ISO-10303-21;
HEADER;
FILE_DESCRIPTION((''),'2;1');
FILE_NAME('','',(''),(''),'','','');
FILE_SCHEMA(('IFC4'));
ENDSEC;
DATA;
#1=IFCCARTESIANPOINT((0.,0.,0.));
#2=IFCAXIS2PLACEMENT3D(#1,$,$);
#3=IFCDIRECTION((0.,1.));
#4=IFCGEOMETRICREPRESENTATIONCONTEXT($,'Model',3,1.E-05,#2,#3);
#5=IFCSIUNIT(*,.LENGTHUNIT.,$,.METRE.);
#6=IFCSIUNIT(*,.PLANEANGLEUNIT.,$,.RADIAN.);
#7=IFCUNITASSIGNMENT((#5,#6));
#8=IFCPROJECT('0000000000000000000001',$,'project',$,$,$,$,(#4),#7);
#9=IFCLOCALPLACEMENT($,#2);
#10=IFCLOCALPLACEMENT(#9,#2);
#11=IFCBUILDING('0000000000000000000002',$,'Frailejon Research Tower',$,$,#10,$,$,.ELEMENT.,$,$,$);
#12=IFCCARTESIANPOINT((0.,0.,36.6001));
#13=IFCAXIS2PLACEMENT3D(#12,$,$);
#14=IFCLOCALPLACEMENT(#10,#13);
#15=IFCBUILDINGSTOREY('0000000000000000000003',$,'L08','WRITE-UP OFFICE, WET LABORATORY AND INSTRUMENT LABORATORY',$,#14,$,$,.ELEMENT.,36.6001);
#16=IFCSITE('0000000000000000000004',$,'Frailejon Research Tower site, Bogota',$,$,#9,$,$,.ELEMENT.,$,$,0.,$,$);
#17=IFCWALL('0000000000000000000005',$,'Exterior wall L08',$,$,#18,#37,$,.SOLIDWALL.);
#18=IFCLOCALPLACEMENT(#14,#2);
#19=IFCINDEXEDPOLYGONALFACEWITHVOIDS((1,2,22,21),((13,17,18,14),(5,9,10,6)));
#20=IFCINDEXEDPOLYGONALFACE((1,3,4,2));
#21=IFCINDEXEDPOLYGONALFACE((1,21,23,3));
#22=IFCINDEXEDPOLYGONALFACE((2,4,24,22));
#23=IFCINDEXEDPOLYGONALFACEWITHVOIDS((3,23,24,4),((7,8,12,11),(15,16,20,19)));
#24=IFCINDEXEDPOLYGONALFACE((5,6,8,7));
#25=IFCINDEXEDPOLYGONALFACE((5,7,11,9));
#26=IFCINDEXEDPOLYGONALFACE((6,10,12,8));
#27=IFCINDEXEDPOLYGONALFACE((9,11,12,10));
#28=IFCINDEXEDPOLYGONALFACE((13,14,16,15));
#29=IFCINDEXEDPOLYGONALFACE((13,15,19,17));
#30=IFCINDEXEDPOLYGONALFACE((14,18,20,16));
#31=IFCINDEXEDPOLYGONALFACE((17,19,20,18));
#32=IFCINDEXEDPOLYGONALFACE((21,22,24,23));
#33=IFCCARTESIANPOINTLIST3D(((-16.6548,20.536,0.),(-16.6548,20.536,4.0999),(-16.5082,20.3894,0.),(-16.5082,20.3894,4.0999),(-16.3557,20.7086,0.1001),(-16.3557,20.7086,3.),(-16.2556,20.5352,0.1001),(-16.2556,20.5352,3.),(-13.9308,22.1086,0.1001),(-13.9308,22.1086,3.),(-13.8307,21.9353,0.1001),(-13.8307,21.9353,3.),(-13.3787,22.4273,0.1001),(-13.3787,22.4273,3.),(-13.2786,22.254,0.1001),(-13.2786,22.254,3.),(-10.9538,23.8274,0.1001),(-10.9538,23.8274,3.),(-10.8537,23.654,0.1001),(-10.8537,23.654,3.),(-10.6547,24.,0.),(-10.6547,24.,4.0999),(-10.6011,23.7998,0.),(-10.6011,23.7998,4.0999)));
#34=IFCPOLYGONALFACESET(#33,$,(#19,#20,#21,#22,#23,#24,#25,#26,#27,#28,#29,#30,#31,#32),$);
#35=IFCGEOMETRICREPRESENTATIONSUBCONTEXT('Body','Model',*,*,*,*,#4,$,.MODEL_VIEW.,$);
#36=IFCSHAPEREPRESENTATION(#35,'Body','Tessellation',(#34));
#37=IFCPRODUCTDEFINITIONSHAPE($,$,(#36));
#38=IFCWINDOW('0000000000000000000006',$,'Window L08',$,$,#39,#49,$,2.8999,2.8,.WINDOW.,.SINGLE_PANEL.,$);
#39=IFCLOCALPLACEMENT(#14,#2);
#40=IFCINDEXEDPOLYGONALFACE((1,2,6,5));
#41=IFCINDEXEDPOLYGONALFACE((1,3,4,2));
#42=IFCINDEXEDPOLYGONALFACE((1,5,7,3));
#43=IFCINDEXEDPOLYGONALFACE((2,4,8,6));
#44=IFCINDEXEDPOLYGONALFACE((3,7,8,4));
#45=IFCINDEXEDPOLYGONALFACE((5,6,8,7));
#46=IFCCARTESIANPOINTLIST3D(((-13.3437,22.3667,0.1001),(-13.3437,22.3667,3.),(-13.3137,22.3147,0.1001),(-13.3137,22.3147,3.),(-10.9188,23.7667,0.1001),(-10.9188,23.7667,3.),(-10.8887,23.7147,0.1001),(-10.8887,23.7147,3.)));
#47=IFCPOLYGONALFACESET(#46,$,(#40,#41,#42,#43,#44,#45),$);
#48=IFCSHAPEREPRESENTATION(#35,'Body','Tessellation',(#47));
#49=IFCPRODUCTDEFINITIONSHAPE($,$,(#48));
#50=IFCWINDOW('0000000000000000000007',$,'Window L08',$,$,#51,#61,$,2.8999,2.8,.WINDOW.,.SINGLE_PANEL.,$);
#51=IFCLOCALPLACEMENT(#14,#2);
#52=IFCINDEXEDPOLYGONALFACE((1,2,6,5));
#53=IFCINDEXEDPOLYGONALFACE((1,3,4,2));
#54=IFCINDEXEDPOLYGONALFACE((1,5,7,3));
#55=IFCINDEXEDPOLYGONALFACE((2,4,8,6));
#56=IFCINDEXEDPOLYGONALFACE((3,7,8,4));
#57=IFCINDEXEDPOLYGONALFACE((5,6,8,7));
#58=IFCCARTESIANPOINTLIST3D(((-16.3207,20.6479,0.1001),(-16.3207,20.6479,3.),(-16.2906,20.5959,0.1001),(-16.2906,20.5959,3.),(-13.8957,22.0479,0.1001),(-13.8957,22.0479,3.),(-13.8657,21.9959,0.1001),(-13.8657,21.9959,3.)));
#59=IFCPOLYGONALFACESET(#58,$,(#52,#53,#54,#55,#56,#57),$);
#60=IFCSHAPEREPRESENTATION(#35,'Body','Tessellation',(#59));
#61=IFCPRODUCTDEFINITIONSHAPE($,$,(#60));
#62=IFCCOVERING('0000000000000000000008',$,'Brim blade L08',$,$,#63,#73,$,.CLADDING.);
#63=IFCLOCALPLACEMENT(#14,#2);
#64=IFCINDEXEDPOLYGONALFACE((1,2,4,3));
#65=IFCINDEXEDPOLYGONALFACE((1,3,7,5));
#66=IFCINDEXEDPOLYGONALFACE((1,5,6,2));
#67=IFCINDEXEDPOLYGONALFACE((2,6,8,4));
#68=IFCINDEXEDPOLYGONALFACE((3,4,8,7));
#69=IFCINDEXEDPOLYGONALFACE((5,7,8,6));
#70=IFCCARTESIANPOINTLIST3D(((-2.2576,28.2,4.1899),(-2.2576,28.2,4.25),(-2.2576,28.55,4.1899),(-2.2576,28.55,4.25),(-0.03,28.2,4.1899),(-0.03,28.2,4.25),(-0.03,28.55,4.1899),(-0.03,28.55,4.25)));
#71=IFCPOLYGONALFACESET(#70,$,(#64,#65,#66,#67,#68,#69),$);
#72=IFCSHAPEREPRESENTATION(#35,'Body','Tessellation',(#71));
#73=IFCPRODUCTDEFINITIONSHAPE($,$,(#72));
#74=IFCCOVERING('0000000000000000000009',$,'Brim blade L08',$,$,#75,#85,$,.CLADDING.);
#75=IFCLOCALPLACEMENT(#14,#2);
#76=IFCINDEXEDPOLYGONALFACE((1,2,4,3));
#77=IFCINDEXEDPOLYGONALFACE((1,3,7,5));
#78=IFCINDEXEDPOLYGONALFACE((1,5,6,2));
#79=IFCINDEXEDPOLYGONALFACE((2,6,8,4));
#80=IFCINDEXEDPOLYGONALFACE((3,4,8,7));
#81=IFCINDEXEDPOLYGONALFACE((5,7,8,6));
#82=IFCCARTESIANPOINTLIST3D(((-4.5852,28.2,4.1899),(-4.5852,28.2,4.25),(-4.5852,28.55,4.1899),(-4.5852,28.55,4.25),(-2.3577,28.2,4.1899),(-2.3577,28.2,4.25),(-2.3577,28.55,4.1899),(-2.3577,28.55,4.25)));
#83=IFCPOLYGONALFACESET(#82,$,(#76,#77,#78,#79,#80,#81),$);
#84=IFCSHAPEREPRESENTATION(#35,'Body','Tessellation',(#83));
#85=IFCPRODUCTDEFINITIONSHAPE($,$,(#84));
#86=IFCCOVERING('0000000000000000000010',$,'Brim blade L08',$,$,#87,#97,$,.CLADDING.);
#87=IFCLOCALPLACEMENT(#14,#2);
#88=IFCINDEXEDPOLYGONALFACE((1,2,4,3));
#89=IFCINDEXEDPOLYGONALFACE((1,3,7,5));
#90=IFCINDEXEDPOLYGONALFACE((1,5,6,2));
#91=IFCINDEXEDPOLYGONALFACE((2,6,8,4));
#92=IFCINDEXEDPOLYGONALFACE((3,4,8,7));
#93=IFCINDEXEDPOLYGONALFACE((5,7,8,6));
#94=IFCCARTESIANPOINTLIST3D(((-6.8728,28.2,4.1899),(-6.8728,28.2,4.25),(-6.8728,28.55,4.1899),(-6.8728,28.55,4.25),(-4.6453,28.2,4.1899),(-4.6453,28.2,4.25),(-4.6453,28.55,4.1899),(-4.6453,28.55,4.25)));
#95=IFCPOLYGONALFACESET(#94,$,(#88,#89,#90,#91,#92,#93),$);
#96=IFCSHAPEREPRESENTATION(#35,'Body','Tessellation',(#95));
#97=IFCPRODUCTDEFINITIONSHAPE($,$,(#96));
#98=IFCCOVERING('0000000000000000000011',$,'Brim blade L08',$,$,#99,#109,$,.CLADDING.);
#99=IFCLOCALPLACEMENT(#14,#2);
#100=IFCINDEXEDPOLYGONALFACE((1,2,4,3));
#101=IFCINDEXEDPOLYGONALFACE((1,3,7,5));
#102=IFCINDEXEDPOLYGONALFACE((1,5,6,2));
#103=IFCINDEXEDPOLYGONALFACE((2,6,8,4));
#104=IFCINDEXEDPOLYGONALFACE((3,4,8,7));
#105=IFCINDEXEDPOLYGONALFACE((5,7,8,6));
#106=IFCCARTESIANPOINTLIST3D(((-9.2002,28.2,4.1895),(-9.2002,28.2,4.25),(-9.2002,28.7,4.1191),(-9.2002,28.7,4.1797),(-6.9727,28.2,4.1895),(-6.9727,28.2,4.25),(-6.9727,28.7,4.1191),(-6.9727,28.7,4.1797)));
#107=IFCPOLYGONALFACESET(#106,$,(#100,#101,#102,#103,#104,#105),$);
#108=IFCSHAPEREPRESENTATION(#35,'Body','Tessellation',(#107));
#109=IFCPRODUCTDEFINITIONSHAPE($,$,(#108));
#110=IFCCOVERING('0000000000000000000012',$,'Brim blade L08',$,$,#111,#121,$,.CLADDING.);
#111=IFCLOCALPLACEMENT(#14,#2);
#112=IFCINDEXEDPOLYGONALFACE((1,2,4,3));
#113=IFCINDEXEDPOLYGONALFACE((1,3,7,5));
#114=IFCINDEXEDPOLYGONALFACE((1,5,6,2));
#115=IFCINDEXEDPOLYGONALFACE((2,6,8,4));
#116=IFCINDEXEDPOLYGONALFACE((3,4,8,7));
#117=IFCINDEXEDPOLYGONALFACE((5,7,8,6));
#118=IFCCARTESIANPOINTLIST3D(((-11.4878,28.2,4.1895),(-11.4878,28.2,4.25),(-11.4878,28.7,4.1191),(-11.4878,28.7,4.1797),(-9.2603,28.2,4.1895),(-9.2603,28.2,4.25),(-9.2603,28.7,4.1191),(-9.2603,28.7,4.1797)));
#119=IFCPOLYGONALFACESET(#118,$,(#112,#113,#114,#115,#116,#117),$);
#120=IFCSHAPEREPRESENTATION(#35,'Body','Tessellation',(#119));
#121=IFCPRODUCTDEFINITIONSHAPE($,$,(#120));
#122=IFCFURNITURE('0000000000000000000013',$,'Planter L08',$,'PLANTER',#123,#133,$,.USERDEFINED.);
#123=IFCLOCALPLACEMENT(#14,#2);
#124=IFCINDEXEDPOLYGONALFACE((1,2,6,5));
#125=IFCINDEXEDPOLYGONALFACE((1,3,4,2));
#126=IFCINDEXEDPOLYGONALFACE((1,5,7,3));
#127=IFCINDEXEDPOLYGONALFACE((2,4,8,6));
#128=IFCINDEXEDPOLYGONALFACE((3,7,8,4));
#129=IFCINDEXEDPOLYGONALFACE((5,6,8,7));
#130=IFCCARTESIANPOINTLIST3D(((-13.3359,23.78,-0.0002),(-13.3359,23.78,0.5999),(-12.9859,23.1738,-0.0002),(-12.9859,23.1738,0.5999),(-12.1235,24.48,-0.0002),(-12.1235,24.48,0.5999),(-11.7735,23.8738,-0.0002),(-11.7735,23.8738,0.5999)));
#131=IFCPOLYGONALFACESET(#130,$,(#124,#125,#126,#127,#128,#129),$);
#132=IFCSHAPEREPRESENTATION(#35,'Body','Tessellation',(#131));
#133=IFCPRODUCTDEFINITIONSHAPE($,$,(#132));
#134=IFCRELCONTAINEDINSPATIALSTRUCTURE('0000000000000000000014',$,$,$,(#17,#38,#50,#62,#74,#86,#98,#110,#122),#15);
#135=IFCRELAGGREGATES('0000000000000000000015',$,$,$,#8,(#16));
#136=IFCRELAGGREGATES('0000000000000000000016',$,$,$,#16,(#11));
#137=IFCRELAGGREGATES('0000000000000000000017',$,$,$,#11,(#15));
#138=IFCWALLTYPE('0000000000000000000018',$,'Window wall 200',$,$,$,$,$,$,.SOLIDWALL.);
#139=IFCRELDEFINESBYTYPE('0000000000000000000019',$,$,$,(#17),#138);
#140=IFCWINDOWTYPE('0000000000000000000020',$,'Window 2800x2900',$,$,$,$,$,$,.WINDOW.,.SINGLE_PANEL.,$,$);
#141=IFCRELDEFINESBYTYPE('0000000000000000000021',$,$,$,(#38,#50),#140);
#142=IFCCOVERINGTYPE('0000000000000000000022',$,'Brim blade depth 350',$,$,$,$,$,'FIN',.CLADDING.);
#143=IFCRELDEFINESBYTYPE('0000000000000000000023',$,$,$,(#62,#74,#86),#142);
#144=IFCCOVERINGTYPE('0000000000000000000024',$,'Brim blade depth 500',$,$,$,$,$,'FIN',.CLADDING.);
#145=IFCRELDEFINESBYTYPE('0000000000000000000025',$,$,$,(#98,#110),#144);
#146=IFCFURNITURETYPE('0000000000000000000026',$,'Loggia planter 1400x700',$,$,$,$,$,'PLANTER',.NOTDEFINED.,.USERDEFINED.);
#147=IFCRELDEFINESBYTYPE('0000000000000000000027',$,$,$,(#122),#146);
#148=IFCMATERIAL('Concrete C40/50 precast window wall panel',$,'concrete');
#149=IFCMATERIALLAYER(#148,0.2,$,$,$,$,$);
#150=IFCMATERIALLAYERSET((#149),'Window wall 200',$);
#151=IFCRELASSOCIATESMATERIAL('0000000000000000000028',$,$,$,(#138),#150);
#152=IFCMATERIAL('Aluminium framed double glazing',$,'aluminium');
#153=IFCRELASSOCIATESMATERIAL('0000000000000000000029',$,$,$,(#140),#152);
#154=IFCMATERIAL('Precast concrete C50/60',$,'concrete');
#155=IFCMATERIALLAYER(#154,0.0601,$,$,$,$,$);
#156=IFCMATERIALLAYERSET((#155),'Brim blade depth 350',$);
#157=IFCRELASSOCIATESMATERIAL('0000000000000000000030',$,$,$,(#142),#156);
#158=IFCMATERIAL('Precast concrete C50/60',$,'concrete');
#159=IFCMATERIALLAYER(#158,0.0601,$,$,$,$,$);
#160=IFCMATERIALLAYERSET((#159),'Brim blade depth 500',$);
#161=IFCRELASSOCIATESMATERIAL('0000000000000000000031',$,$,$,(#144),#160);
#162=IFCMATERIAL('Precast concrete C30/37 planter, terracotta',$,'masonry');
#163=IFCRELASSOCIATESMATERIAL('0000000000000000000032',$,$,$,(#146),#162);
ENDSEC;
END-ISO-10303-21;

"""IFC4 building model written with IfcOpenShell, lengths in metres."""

from ifc_helpers import new_model, si_unit, direction, frame, frame_2d, origin, origin_2d, place, context, subcontext, project, spatial, polyline, rectangle, outline, extrude, material, layer, layer_set, type_object, element, fill, save


model = new_model("IFC4")

# Units and contexts
model_context = context("Model", 3, precision=1e-05, world=origin(), true_north=direction((0.0, 1.0)))
body_context = subcontext(model_context, "Body", "Model", "MODEL_VIEW")
ifc_project = project(units=[si_unit("LENGTHUNIT", "METRE"), si_unit("PLANEANGLEUNIT", "RADIAN")], contexts=[model_context])

# Site, building, storey
site_placement = place(None, origin())
site = spatial("IfcSite", under=ifc_project, at=site_placement, Name="Frailejon Research Tower site, Bogota", CompositionType="ELEMENT", RefElevation=0.0)
building_placement = place(site_placement, origin())
building = spatial("IfcBuilding", under=site, at=building_placement, Name="Frailejon Research Tower", CompositionType="ELEMENT")
storey_placement = place(building_placement, frame((0.0, 0.0, 36.6001)))
storey = spatial("IfcBuildingStorey", under=building, at=storey_placement, Name="L08", Description="WRITE-UP OFFICE, WET LABORATORY AND INSTRUMENT LABORATORY", CompositionType="ELEMENT", Elevation=36.6001)

# Wall, openings, windows
ifc_material_1 = material(Name="Concrete C40/50 precast window wall panel", Category="concrete")
ifc_layer_1 = layer(ifc_material_1, 0.2)
ifc_layer_set_1 = layer_set([ifc_layer_1], Name="Window wall 200")
wall_type_1 = type_object("IfcWallType", Name="Window wall 200", PredefinedType="SOLIDWALL", material=ifc_layer_set_1)
wall_1_placement = place(storey_placement, frame((-10.6279, 23.8999, 0.0), z_axis=(0.0, 0.0, 1.0), x_axis=(-0.866029, -0.499993, 0.0)))
wall_1 = element("IfcWall", 1, at=wall_1_placement, inside=storey, type_object=wall_type_1, Name="Exterior wall L08", PredefinedType="SOLIDWALL", context=body_context, shape_type="SweptSolid", body=[
    extrude(outline(polyline([(-0.0269, -0.1001), (1.1279, -0.1001), (2.2825, -0.1001), (3.4373, -0.1001), (4.592, -0.1001), (5.7466, -0.1001), (6.9014, -0.1001), (6.8477, 0.1001), (5.7109, 0.1001), (4.574, 0.1001), (3.4373, 0.1001), (2.3005, 0.1001), (1.1636, 0.1001), (0.0269, 0.1001), (-0.0269, -0.1001)])), origin(), (0.0, 0.0, 1.0), 4.0999),
])
opening_1_placement = place(wall_1_placement, frame((0.3186, 0.0, 0.1001)))
opening_1 = element("IfcOpeningElement", 2, at=opening_1_placement, cuts=wall_1, PredefinedType="OPENING", context=body_context, shape_type="SweptSolid", body=[
    extrude(rectangle(XDim=2.8, YDim=2.8999, at=frame_2d((1.3999, 1.45))), frame((0.0, 0.1099, 0.0), z_axis=(0.0, -1.0, 0.0), x_axis=(1.0, 0.0, 0.0)), (0.0, 0.0, 1.0), 0.22),
])
opening_2_placement = place(wall_1_placement, frame((3.7561, 0.0, 0.1001)))
opening_2 = element("IfcOpeningElement", 3, at=opening_2_placement, cuts=wall_1, PredefinedType="OPENING", context=body_context, shape_type="SweptSolid", body=[
    extrude(rectangle(XDim=2.8, YDim=2.8999, at=frame_2d((1.3999, 1.45))), frame((0.0, 0.1099, 0.0), z_axis=(0.0, -1.0, 0.0), x_axis=(1.0, 0.0, 0.0)), (0.0, 0.0, 1.0), 0.22),
])
ifc_material_2 = material(Name="Aluminium framed double glazing", Category="aluminium")
window_type = type_object("IfcWindowType", Name="Window 2800x2900", PartitioningType="SINGLE_PANEL", PredefinedType="WINDOW", material=ifc_material_2)
window_1_placement = place(opening_1_placement, origin())
window_1 = element("IfcWindow", 4, at=window_1_placement, inside=storey, type_object=window_type, Name="Window L08", OverallHeight=2.8999, OverallWidth=2.8, PartitioningType="SINGLE_PANEL", PredefinedType="WINDOW", context=body_context, shape_type="SweptSolid", body=[
    extrude(rectangle(XDim=2.8, YDim=2.8999, at=frame_2d((1.3999, 1.45))), frame((0.0, 0.03, 0.0), z_axis=(0.0, -1.0, 0.0), x_axis=(1.0, 0.0, 0.0)), (0.0, 0.0, 1.0), 0.0601),
])
fill(opening_1, window_1)
window_2_placement = place(opening_2_placement, origin())
window_2 = element("IfcWindow", 5, at=window_2_placement, inside=storey, type_object=window_type, Name="Window L08", OverallHeight=2.8999, OverallWidth=2.8, PartitioningType="SINGLE_PANEL", PredefinedType="WINDOW", context=body_context, shape_type="SweptSolid", body=[
    extrude(rectangle(XDim=2.8, YDim=2.8999, at=frame_2d((1.3999, 1.45))), frame((0.0, 0.03, 0.0), z_axis=(0.0, -1.0, 0.0), x_axis=(1.0, 0.0, 0.0)), (0.0, 0.0, 1.0), 0.0601),
])
fill(opening_2, window_2)

# Coverings
ifc_material_3 = material(Name="Precast concrete C50/60", Category="concrete")
ifc_layer_2 = layer(ifc_material_3, 0.0601)
ifc_layer_set_2 = layer_set([ifc_layer_2], Name="Brim blade depth 350")
covering_type_1 = type_object("IfcCoveringType", Name="Brim blade depth 350", ElementType="FIN", PredefinedType="CLADDING", material=ifc_layer_set_2)
for number, where, z_axis, x_axis, name in (
    (6, (-2.2576, 28.2, 4.25), (1.0, 0.0, 0.0), (0.0, 1.0, 0.0), "Brim blade L08"),
    (7, (-4.5852, 28.2, 4.25), (1.0, 0.0, 0.0), (0.0, 1.0, 0.0), "Brim blade L08"),
    (8, (-6.8728, 28.2, 4.25), (1.0, 0.0, 0.0), (0.0, 1.0, 0.0), "Brim blade L08"),
):
    element("IfcCovering", number, at=place(storey_placement, frame(where, z_axis=z_axis, x_axis=x_axis)), inside=storey, type_object=covering_type_1, Name=name, PredefinedType="CLADDING", context=body_context, shape_type="SweptSolid", body=[
        extrude(outline(polyline([(0.0, -0.0601), (0.3501, -0.0601), (0.3501, 0.0), (0.0, 0.0), (0.0, -0.0601)])), origin(), (0.0, 0.0, 1.0), 2.2275),
    ])
ifc_material_4 = material(Name="Precast concrete C50/60", Category="concrete")
ifc_layer_3 = layer(ifc_material_4, 0.0601)
ifc_layer_set_3 = layer_set([ifc_layer_3], Name="Brim blade depth 500")
covering_type_2 = type_object("IfcCoveringType", Name="Brim blade depth 500", ElementType="FIN", PredefinedType="CLADDING", material=ifc_layer_set_3)
for number, where, z_axis, x_axis, name in (
    (9, (-9.2002, 28.2, 4.25), (1.0, 0.0, 0.0), (0.0, 1.0, 0.0), "Brim blade L08"),
    (10, (-11.4878, 28.2, 4.25), (1.0, 0.0, 0.0), (0.0, 1.0, 0.0), "Brim blade L08"),
):
    element("IfcCovering", number, at=place(storey_placement, frame(where, z_axis=z_axis, x_axis=x_axis)), inside=storey, type_object=covering_type_2, Name=name, PredefinedType="CLADDING", context=body_context, shape_type="SweptSolid", body=[
        extrude(outline(polyline([(0.0, -0.0605), (0.5, -0.1309), (0.5, -0.0703), (0.0, 0.0), (0.0, -0.0605)])), origin(), (0.0, 0.0, 1.0), 2.2275),
    ])

# Furniture
ifc_material_5 = material(Name="Precast concrete C30/37 planter, terracotta", Category="masonry")
furniture_type = type_object("IfcFurnitureType", Name="Loggia planter 1400x700", ElementType="PLANTER", AssemblyPlace="NOTDEFINED", PredefinedType="USERDEFINED", material=ifc_material_5)
furniture_placement = place(storey_placement, frame((-12.5547, 23.8269, -0.0002), z_axis=(0.0, 0.0, 1.0), x_axis=(-0.866025, -0.5, 0.0)))
element("IfcFurniture", 11, at=furniture_placement, inside=storey, type_object=furniture_type, Name="Planter L08", ObjectType="PLANTER", PredefinedType="USERDEFINED", context=body_context, shape_type="SweptSolid", body=[
    extrude(rectangle(XDim=1.3999, YDim=0.7, at=origin_2d()), origin(), (0.0, 0.0, 1.0), 0.6001),
])

save(model, "model.ifc")
